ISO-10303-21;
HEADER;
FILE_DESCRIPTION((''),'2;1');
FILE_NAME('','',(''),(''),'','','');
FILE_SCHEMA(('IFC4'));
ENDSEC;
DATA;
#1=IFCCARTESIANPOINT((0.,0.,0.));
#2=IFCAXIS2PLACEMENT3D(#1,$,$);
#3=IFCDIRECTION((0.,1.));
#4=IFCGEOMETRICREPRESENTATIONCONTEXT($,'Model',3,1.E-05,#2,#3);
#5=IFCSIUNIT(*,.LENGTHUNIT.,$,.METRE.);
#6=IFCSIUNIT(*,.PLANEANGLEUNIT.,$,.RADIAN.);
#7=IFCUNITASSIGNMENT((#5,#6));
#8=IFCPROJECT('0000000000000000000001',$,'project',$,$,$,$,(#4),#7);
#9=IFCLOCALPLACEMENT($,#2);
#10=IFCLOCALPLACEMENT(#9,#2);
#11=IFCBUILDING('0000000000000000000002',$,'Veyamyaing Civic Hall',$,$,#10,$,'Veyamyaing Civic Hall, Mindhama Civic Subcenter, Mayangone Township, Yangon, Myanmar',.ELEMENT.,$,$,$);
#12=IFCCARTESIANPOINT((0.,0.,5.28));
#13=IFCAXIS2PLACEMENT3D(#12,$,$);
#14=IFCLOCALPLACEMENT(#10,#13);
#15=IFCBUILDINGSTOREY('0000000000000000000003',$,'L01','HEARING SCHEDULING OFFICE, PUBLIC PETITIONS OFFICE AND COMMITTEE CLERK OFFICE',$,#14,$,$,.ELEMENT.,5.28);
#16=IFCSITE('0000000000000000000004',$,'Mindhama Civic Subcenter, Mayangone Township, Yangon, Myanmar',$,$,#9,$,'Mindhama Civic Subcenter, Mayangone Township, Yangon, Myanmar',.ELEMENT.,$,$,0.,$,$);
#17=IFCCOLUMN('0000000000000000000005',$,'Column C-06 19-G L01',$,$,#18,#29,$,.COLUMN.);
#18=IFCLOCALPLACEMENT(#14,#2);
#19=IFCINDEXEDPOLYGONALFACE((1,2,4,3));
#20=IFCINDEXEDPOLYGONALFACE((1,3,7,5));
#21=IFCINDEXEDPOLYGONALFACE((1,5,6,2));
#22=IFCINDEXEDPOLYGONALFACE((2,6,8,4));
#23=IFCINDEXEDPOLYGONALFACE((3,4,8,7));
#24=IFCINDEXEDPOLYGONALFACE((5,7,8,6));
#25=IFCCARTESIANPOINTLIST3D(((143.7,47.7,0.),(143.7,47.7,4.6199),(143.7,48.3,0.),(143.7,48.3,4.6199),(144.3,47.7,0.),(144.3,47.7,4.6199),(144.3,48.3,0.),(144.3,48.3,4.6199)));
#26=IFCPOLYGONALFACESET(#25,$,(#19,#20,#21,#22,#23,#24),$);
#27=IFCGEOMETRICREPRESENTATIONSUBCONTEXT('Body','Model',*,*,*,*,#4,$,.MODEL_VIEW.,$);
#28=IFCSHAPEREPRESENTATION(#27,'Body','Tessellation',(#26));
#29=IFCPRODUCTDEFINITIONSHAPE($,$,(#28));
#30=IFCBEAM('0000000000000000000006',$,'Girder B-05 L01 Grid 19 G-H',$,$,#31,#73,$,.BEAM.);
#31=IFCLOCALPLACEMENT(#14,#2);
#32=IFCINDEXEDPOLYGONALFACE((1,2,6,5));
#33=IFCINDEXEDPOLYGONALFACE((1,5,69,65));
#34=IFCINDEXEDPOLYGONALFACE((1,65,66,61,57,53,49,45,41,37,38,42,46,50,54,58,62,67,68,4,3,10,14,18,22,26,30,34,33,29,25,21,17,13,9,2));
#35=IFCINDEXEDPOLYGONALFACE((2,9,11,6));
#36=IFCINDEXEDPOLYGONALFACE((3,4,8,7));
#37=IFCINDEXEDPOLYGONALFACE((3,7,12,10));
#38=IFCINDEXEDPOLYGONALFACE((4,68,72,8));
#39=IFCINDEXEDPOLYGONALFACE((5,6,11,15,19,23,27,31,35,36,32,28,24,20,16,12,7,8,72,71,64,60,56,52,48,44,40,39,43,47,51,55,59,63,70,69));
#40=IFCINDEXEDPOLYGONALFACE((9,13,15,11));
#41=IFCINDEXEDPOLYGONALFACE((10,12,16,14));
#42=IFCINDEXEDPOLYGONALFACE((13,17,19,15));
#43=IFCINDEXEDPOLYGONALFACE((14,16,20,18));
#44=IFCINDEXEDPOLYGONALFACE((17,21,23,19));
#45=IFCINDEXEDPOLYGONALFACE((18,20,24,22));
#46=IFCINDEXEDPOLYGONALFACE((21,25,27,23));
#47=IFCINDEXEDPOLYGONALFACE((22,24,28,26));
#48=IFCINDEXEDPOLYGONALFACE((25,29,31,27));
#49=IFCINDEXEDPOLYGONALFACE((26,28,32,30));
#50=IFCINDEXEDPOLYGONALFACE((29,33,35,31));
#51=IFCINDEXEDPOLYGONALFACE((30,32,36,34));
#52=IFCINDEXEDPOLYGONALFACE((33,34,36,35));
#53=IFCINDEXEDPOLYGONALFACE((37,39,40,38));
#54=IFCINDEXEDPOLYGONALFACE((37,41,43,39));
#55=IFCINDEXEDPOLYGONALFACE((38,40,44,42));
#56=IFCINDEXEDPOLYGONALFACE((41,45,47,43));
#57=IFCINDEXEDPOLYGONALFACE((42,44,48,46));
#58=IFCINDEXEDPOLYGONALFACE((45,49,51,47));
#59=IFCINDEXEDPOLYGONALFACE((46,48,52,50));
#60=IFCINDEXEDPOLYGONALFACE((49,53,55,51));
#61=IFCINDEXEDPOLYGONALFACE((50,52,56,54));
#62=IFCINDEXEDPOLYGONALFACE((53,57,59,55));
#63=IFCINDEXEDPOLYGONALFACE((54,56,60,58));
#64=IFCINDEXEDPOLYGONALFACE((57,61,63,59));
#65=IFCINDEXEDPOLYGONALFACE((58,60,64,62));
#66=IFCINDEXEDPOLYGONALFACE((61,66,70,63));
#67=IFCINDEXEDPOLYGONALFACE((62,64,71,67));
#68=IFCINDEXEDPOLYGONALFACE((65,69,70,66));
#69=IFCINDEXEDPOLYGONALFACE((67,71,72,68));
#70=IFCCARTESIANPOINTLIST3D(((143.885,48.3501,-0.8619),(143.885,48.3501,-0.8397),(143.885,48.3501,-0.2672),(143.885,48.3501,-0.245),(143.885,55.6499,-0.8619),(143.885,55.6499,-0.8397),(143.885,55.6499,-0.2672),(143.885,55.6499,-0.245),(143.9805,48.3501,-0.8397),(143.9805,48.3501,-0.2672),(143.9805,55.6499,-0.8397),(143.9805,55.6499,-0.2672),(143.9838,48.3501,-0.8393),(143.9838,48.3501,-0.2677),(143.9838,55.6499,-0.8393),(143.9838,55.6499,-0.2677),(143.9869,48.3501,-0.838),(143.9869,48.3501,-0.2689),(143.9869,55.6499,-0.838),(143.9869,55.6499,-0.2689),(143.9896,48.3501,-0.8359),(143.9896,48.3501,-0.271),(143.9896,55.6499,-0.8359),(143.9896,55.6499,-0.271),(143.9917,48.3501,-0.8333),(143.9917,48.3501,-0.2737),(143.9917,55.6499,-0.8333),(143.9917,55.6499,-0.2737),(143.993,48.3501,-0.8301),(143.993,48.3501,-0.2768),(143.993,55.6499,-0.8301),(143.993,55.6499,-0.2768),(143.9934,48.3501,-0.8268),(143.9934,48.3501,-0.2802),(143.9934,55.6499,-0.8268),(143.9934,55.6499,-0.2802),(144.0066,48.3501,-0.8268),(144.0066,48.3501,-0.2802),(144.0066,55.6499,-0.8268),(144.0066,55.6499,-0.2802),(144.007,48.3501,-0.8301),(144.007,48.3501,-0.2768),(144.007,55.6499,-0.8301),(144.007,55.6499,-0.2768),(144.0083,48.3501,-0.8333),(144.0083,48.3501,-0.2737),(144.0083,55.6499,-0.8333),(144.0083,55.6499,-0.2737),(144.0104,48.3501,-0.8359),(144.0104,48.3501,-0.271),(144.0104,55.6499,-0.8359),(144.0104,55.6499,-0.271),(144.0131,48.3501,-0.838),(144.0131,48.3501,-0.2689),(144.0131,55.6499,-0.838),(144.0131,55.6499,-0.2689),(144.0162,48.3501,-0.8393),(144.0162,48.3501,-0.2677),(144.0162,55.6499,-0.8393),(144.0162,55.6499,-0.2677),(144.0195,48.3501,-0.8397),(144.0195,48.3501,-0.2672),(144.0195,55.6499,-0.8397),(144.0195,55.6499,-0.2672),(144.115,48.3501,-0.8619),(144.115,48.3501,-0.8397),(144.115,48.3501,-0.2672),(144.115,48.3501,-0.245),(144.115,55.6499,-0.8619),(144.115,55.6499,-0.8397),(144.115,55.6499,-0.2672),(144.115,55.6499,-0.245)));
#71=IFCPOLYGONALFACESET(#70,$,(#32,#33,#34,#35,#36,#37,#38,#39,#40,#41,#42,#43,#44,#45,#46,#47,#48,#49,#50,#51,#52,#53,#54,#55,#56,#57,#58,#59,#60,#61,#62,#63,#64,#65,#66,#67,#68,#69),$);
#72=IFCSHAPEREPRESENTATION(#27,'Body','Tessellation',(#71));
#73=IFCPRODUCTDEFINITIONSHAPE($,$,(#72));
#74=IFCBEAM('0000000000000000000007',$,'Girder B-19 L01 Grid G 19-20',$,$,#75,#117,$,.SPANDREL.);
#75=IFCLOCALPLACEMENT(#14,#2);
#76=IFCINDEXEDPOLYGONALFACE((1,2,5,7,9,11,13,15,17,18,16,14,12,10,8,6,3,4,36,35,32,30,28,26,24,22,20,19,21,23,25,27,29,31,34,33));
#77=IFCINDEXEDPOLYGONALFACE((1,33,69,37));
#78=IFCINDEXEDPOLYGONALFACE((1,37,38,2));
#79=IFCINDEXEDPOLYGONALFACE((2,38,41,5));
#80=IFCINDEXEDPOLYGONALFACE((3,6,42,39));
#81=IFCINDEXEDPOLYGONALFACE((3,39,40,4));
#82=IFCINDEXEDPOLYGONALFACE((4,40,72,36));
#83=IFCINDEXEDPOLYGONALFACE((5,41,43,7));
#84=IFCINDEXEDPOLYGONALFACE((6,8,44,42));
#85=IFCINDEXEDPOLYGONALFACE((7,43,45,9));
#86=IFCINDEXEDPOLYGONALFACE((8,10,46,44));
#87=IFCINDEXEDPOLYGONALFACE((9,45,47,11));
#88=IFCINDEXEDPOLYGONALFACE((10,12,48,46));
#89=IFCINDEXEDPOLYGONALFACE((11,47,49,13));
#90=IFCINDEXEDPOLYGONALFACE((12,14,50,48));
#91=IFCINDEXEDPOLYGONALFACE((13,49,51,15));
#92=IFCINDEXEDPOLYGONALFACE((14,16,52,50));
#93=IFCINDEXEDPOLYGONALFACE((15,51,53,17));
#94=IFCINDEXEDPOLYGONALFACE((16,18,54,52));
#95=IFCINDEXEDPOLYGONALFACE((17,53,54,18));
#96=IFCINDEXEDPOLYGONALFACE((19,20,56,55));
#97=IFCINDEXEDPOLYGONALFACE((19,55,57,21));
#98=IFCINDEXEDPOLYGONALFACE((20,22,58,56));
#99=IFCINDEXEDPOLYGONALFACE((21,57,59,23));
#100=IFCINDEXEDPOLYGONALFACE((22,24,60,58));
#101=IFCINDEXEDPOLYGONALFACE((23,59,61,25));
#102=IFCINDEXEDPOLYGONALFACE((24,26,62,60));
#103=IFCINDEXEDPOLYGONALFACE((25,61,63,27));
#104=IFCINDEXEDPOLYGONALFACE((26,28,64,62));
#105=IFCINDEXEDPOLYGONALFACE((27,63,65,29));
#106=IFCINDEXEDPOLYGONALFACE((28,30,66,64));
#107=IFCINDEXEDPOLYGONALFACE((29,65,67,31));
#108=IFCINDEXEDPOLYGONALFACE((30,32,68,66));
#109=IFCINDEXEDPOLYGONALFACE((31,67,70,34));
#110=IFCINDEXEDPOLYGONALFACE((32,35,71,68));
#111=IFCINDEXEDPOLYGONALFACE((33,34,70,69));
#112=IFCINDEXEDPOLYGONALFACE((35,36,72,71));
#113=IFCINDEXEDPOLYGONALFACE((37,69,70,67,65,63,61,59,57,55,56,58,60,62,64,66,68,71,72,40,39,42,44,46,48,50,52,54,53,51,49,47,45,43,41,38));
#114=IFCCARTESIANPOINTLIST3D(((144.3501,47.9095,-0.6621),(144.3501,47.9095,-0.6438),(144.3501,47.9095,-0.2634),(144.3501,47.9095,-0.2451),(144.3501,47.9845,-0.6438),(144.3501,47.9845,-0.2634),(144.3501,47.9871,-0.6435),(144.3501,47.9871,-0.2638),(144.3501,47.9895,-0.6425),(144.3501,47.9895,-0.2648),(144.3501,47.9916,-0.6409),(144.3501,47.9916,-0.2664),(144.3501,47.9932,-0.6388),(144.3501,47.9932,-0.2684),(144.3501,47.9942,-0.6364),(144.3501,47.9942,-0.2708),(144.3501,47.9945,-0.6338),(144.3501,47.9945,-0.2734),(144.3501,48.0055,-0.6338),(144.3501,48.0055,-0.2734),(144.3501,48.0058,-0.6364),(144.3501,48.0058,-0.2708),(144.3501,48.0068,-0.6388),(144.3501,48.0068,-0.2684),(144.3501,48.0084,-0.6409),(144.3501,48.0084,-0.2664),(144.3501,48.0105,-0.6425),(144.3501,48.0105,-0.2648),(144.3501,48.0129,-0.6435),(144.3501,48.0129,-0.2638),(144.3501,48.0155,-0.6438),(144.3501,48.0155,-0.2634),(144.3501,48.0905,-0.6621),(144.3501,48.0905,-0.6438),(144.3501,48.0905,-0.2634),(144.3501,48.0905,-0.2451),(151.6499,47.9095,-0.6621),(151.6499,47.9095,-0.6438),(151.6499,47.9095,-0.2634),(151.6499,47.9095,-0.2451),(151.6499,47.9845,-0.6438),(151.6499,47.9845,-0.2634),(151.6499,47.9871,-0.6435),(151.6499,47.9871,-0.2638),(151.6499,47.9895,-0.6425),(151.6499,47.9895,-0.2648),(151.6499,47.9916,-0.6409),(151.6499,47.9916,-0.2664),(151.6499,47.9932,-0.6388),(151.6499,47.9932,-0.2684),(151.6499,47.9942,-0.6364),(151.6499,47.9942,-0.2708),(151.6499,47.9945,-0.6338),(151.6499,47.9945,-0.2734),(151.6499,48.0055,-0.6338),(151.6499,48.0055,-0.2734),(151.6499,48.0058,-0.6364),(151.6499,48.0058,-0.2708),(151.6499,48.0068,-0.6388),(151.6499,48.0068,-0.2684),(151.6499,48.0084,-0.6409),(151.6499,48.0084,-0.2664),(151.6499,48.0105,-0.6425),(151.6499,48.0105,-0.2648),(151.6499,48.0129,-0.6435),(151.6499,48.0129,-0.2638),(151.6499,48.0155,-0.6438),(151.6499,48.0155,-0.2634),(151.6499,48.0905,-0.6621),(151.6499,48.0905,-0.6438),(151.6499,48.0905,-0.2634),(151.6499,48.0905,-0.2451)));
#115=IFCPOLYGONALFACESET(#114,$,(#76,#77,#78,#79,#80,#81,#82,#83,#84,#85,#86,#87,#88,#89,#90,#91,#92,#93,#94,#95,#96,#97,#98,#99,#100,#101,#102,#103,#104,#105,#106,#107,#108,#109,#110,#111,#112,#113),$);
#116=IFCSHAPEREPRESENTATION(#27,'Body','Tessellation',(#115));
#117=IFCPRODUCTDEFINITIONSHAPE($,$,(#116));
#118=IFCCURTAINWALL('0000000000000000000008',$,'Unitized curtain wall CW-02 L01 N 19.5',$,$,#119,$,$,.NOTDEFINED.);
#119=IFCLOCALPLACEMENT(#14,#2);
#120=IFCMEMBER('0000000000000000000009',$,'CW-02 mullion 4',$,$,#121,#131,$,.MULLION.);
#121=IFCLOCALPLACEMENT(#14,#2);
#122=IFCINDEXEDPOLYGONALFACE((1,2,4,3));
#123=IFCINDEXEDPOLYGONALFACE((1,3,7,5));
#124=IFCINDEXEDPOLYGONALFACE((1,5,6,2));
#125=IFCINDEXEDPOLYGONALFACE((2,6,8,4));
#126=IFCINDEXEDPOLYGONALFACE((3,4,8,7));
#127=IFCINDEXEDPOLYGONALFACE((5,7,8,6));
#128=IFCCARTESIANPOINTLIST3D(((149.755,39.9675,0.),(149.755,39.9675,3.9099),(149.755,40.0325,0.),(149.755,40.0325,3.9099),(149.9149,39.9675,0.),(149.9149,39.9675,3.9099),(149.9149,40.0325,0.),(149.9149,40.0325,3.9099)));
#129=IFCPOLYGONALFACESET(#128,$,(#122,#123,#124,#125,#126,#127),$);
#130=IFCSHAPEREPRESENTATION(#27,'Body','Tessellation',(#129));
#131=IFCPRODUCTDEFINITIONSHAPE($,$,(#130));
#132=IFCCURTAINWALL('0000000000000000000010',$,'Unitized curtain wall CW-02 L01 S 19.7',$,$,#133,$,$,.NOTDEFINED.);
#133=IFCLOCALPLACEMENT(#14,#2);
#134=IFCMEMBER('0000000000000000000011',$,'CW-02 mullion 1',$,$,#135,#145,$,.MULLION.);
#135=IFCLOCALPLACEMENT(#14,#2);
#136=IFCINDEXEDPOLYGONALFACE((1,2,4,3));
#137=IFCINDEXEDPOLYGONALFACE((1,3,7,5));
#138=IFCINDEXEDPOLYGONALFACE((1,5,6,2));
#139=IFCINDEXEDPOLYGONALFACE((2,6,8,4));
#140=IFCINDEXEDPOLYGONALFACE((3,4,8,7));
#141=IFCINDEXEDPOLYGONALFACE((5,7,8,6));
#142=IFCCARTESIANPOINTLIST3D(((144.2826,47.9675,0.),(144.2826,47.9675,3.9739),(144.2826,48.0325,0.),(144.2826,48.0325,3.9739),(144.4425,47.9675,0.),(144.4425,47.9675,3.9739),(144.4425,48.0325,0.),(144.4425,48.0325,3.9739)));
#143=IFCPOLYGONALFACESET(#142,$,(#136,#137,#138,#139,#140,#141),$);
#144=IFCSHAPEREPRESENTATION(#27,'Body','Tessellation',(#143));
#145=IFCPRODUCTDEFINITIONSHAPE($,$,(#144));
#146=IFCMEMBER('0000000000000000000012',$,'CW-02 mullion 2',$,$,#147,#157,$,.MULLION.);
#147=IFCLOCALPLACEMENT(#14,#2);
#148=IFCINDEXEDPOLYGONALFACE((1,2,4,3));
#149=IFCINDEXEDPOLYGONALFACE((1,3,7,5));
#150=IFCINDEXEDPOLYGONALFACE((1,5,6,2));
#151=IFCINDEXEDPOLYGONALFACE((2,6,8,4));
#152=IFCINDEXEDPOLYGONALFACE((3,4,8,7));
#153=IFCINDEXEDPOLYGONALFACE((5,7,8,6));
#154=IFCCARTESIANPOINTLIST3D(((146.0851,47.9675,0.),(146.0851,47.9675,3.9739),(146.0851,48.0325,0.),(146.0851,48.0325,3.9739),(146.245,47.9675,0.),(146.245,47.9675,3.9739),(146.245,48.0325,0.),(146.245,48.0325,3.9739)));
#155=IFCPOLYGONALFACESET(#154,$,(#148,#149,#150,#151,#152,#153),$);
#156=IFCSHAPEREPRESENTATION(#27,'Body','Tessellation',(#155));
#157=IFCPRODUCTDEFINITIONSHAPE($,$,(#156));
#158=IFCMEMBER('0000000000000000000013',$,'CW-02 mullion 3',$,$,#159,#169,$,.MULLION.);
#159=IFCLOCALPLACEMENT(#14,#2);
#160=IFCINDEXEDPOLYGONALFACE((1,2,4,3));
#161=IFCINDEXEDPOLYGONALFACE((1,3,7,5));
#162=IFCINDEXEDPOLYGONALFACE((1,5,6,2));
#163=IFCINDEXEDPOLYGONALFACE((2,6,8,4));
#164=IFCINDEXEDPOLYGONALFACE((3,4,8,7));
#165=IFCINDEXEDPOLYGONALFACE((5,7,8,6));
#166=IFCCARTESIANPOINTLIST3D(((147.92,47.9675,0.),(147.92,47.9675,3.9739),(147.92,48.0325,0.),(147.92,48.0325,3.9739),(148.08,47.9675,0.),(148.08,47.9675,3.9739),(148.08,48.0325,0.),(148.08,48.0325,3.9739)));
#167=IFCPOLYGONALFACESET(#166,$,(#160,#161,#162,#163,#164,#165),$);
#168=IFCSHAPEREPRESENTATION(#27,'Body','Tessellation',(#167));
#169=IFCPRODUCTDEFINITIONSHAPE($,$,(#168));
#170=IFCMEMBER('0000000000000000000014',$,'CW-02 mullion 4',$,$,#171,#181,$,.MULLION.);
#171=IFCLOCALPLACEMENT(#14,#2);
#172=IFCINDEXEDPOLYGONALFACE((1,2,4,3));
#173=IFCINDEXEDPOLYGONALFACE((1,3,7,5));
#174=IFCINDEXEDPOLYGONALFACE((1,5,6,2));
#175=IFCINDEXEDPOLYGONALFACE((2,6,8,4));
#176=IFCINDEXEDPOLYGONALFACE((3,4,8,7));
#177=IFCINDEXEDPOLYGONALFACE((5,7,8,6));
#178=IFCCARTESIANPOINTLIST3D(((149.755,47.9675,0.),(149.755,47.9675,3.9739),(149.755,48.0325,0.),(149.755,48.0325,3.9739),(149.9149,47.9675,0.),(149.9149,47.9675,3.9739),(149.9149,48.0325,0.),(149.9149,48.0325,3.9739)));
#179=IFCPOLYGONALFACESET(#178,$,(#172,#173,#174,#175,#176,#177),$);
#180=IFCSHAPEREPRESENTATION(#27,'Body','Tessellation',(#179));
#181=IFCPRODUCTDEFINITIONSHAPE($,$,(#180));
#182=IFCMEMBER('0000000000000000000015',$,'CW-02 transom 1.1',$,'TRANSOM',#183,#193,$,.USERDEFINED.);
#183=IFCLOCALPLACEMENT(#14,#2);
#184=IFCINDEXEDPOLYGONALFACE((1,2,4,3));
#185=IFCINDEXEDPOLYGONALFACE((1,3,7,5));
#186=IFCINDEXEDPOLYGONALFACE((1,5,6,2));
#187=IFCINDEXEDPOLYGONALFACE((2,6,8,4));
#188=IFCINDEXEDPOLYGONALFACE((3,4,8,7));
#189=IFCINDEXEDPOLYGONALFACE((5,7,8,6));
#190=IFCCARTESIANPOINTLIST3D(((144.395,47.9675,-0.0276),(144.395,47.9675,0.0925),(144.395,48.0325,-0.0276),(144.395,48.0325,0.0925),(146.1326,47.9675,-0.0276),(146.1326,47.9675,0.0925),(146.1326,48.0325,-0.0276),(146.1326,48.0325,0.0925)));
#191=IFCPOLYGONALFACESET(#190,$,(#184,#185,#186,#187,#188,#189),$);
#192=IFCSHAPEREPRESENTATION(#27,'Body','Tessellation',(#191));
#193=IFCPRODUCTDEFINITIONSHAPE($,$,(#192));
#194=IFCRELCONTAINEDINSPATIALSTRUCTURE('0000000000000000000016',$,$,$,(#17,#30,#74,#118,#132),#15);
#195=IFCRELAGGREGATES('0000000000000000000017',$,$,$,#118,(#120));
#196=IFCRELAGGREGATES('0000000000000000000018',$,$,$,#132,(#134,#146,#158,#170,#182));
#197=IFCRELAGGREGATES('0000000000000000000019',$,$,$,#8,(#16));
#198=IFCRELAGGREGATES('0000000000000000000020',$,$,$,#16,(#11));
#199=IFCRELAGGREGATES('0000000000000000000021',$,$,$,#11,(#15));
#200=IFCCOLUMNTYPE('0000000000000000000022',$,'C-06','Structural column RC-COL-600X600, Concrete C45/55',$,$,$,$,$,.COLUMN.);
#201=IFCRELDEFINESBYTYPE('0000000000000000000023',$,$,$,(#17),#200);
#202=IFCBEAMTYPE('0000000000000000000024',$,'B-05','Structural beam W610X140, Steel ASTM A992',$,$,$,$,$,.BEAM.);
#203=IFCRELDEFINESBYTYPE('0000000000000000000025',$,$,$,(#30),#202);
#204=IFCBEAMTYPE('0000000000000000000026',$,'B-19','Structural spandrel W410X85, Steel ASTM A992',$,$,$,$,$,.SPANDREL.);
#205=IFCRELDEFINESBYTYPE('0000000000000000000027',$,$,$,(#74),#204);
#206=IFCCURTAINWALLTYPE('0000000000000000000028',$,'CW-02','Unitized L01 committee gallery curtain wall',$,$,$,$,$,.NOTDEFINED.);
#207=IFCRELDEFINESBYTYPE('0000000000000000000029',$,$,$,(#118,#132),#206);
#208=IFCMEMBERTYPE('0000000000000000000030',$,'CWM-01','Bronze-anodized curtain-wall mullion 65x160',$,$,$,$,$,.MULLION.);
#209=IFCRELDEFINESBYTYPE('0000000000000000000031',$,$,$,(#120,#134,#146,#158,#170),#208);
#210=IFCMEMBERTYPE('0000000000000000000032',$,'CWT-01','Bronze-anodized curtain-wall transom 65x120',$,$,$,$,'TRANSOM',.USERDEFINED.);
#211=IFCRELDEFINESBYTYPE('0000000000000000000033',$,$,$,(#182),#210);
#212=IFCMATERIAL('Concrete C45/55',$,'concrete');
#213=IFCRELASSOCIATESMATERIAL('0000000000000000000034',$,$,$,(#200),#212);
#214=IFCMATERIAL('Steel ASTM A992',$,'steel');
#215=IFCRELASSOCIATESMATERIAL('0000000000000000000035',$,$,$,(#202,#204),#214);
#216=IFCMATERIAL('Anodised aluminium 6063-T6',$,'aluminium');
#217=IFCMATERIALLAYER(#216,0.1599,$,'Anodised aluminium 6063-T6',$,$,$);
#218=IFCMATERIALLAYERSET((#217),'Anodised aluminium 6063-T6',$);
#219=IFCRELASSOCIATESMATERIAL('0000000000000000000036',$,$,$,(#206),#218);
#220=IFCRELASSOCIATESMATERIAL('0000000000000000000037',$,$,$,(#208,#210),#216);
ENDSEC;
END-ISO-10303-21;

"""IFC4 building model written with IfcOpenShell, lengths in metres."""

from ifc_helpers import new_model, si_unit, direction, frame, origin, origin_2d, place, context, subcontext, project, spatial, rectangle, i_section, extrude, material, layer, layer_set, material_profile, profile_set, type_object, element, aggregate, save


model = new_model("IFC4")

# Units and contexts
model_context = context("Model", 3, precision=1e-05, world=origin(), true_north=direction((0.0, 1.0)))
body_context = subcontext(model_context, "Body", "Model", "MODEL_VIEW")
ifc_project = project(units=[si_unit("LENGTHUNIT", "METRE"), si_unit("PLANEANGLEUNIT", "RADIAN")], contexts=[model_context])

# Site, building, storey
site_placement = place(None, origin())
site = spatial("IfcSite", under=ifc_project, at=site_placement, Name="Mindhama Civic Subcenter, Mayangone Township, Yangon, Myanmar", LongName="Mindhama Civic Subcenter, Mayangone Township, Yangon, Myanmar", CompositionType="ELEMENT", RefElevation=0.0)
building_placement = place(site_placement, origin())
building = spatial("IfcBuilding", under=site, at=building_placement, Name="Veyamyaing Civic Hall", LongName="Veyamyaing Civic Hall, Mindhama Civic Subcenter, Mayangone Township, Yangon, Myanmar", CompositionType="ELEMENT")
storey_placement = place(building_placement, frame((0.0, 0.0, 5.28)))
storey = spatial("IfcBuildingStorey", under=building, at=storey_placement, Name="L01", Description="HEARING SCHEDULING OFFICE, PUBLIC PETITIONS OFFICE AND COMMITTEE CLERK OFFICE", CompositionType="ELEMENT", Elevation=5.28)

# Column
ifc_material_1 = material(Name="Concrete C45/55", Category="concrete")
ifc_material_profile_1 = material_profile(ifc_material_1, rectangle(XDim=0.6001, YDim=0.6001, at=origin_2d()), Name="RC-COL-600X600")
ifc_profile_set_1 = profile_set([ifc_material_profile_1], Name="Concrete C45/55")
column_type = type_object("IfcColumnType", Name="C-06", Description="Structural column RC-COL-600X600, Concrete C45/55", PredefinedType="COLUMN", material=ifc_profile_set_1)
column_placement = place(storey_placement, frame((144.0, 48.0, 0.0), z_axis=(0.0, 0.0, 1.0), x_axis=(1.0, 0.0, 0.0)))
element("IfcColumn", 1, at=column_placement, inside=storey, type_object=column_type, Name="Column C-06 19-G L01", PredefinedType="COLUMN", context=body_context, shape_type="SweptSolid", body=[
    extrude(rectangle(XDim=0.6001, YDim=0.6001, at=origin_2d()), origin(), (0.0, 0.0, 1.0), 4.6199),
])

# Beams
ifc_material_2 = material(Name="Steel ASTM A992", Category="steel")
ifc_material_profile_2 = material_profile(ifc_material_2, i_section(OverallWidth=0.23, OverallDepth=0.6169, WebThickness=0.0132, FlangeThickness=0.0222, FilletRadius=0.0129, at=origin_2d()), Name="W610X140")
ifc_profile_set_2 = profile_set([ifc_material_profile_2], Name="Steel ASTM A992")
beam_type_1 = type_object("IfcBeamType", Name="B-05", Description="Structural beam W610X140, Steel ASTM A992", PredefinedType="BEAM", material=ifc_profile_set_2)
beam_1_placement = place(storey_placement, frame((144.0, 48.3501, -0.5535), z_axis=(0.0, 1.0, 0.0), x_axis=(-1.0, 0.0, 0.0)))
element("IfcBeam", 2, at=beam_1_placement, inside=storey, type_object=beam_type_1, Name="Girder B-05 L01 Grid 19 G-H", PredefinedType="BEAM", context=body_context, shape_type="SweptSolid", body=[
    extrude(i_section(OverallWidth=0.23, OverallDepth=0.6169, WebThickness=0.0132, FlangeThickness=0.0222, FilletRadius=0.0129, at=origin_2d()), origin(), (0.0, 0.0, 1.0), 7.2998),
])
ifc_material_profile_3 = material_profile(ifc_material_2, i_section(OverallWidth=0.1809, OverallDepth=0.417, WebThickness=0.011, FlangeThickness=0.0183, FilletRadius=0.01, at=origin_2d()), Name="W410X85")
ifc_profile_set_3 = profile_set([ifc_material_profile_3], Name="Steel ASTM A992")
beam_type_2 = type_object("IfcBeamType", Name="B-19", Description="Structural spandrel W410X85, Steel ASTM A992", PredefinedType="SPANDREL", material=ifc_profile_set_3)
beam_2_placement = place(storey_placement, frame((144.3501, 48.0, -0.4536), z_axis=(1.0, 0.0, 0.0), x_axis=(0.0, 1.0, 0.0)))
element("IfcBeam", 3, at=beam_2_placement, inside=storey, type_object=beam_type_2, Name="Girder B-19 L01 Grid G 19-20", PredefinedType="SPANDREL", context=body_context, shape_type="SweptSolid", body=[
    extrude(i_section(OverallWidth=0.1809, OverallDepth=0.417, WebThickness=0.011, FlangeThickness=0.0183, FilletRadius=0.01, at=origin_2d()), origin(), (0.0, 0.0, 1.0), 7.2998),
])

# Curtain wall, member
ifc_material_3 = material(Name="Anodised aluminium 6063-T6", Category="aluminium")
ifc_layer_1 = layer(ifc_material_3, 0.1599, Name="Anodised aluminium 6063-T6")
ifc_layer_set_1 = layer_set([ifc_layer_1], Name="Anodised aluminium 6063-T6")
curtain_wall_type = type_object("IfcCurtainWallType", Name="CW-02", Description="Unitized L01 committee gallery curtain wall", PredefinedType="NOTDEFINED", material=ifc_layer_set_1)
curtain_wall_1_placement = place(storey_placement, origin())
curtain_wall_1 = element("IfcCurtainWall", 4, at=curtain_wall_1_placement, inside=storey, type_object=curtain_wall_type, Name="Unitized curtain wall CW-02 L01 N 19.5", PredefinedType="NOTDEFINED")
ifc_material_profile_4 = material_profile(ifc_material_3, rectangle(XDim=0.0649, YDim=0.1599, at=origin_2d()), Name="ALU-MUL-65X160")
ifc_profile_set_4 = profile_set([ifc_material_profile_4], Name="Anodised aluminium 6063-T6")
member_type_1 = type_object("IfcMemberType", Name="CWM-01", Description="Bronze-anodized curtain-wall mullion 65x160", PredefinedType="MULLION", material=ifc_profile_set_4)
member_1_placement = place(storey_placement, frame((149.835, 40.0, 0.0), z_axis=(0.0, 0.0, 1.0), x_axis=(0.0, 1.0, 0.0)))
member_1 = element("IfcMember", 5, at=member_1_placement, type_object=member_type_1, Name="CW-02 mullion 4", PredefinedType="MULLION", context=body_context, shape_type="SweptSolid", body=[
    extrude(rectangle(XDim=0.0649, YDim=0.1599, at=origin_2d()), origin(), (0.0, 0.0, 1.0), 3.9099),
])

# Curtain wall, members
curtain_wall_2_placement = place(storey_placement, origin())
curtain_wall_2 = element("IfcCurtainWall", 6, at=curtain_wall_2_placement, inside=storey, type_object=curtain_wall_type, Name="Unitized curtain wall CW-02 L01 S 19.7", PredefinedType="NOTDEFINED")
member_2_placement = place(storey_placement, frame((144.3625, 48.0, 0.0), z_axis=(0.0, 0.0, 1.0), x_axis=(0.0, 1.0, 0.0)))
member_2 = element("IfcMember", 7, at=member_2_placement, type_object=member_type_1, Name="CW-02 mullion 1", PredefinedType="MULLION", context=body_context, shape_type="SweptSolid", body=[
    extrude(rectangle(XDim=0.0649, YDim=0.1599, at=origin_2d()), origin(), (0.0, 0.0, 1.0), 3.9739),
])
member_3_placement = place(storey_placement, frame((146.165, 48.0, 0.0), z_axis=(0.0, 0.0, 1.0), x_axis=(0.0, 1.0, 0.0)))
member_3 = element("IfcMember", 8, at=member_3_placement, type_object=member_type_1, Name="CW-02 mullion 2", PredefinedType="MULLION", context=body_context, shape_type="SweptSolid", body=[
    extrude(rectangle(XDim=0.0649, YDim=0.1599, at=origin_2d()), origin(), (0.0, 0.0, 1.0), 3.9739),
])
member_4_placement = place(storey_placement, frame((148.0, 48.0, 0.0), z_axis=(0.0, 0.0, 1.0), x_axis=(0.0, 1.0, 0.0)))
member_4 = element("IfcMember", 9, at=member_4_placement, type_object=member_type_1, Name="CW-02 mullion 3", PredefinedType="MULLION", context=body_context, shape_type="SweptSolid", body=[
    extrude(rectangle(XDim=0.0649, YDim=0.1599, at=origin_2d()), origin(), (0.0, 0.0, 1.0), 3.9739),
])
member_5_placement = place(storey_placement, frame((149.835, 48.0, 0.0), z_axis=(0.0, 0.0, 1.0), x_axis=(0.0, 1.0, 0.0)))
member_5 = element("IfcMember", 10, at=member_5_placement, type_object=member_type_1, Name="CW-02 mullion 4", PredefinedType="MULLION", context=body_context, shape_type="SweptSolid", body=[
    extrude(rectangle(XDim=0.0649, YDim=0.1599, at=origin_2d()), origin(), (0.0, 0.0, 1.0), 3.9739),
])
ifc_material_profile_5 = material_profile(ifc_material_3, rectangle(XDim=0.0649, YDim=0.1201, at=origin_2d()), Name="ALU-TRN-65X120")
ifc_profile_set_5 = profile_set([ifc_material_profile_5], Name="Anodised aluminium 6063-T6")
member_type_2 = type_object("IfcMemberType", Name="CWT-01", Description="Bronze-anodized curtain-wall transom 65x120", ElementType="TRANSOM", PredefinedType="USERDEFINED", material=ifc_profile_set_5)
member_6_placement = place(storey_placement, frame((144.395, 48.0, 0.0325), z_axis=(1.0, 0.0, 0.0), x_axis=(0.0, 1.0, 0.0)))
member_6 = element("IfcMember", 11, at=member_6_placement, type_object=member_type_2, Name="CW-02 transom 1.1", ObjectType="TRANSOM", PredefinedType="USERDEFINED", context=body_context, shape_type="SweptSolid", body=[
    extrude(rectangle(XDim=0.0649, YDim=0.1201, at=origin_2d()), origin(), (0.0, 0.0, 1.0), 1.7375),
])

aggregate(curtain_wall_1, [member_1])
aggregate(curtain_wall_2, [member_2, member_3, member_4, member_5, member_6])

save(model, "model.ifc")
